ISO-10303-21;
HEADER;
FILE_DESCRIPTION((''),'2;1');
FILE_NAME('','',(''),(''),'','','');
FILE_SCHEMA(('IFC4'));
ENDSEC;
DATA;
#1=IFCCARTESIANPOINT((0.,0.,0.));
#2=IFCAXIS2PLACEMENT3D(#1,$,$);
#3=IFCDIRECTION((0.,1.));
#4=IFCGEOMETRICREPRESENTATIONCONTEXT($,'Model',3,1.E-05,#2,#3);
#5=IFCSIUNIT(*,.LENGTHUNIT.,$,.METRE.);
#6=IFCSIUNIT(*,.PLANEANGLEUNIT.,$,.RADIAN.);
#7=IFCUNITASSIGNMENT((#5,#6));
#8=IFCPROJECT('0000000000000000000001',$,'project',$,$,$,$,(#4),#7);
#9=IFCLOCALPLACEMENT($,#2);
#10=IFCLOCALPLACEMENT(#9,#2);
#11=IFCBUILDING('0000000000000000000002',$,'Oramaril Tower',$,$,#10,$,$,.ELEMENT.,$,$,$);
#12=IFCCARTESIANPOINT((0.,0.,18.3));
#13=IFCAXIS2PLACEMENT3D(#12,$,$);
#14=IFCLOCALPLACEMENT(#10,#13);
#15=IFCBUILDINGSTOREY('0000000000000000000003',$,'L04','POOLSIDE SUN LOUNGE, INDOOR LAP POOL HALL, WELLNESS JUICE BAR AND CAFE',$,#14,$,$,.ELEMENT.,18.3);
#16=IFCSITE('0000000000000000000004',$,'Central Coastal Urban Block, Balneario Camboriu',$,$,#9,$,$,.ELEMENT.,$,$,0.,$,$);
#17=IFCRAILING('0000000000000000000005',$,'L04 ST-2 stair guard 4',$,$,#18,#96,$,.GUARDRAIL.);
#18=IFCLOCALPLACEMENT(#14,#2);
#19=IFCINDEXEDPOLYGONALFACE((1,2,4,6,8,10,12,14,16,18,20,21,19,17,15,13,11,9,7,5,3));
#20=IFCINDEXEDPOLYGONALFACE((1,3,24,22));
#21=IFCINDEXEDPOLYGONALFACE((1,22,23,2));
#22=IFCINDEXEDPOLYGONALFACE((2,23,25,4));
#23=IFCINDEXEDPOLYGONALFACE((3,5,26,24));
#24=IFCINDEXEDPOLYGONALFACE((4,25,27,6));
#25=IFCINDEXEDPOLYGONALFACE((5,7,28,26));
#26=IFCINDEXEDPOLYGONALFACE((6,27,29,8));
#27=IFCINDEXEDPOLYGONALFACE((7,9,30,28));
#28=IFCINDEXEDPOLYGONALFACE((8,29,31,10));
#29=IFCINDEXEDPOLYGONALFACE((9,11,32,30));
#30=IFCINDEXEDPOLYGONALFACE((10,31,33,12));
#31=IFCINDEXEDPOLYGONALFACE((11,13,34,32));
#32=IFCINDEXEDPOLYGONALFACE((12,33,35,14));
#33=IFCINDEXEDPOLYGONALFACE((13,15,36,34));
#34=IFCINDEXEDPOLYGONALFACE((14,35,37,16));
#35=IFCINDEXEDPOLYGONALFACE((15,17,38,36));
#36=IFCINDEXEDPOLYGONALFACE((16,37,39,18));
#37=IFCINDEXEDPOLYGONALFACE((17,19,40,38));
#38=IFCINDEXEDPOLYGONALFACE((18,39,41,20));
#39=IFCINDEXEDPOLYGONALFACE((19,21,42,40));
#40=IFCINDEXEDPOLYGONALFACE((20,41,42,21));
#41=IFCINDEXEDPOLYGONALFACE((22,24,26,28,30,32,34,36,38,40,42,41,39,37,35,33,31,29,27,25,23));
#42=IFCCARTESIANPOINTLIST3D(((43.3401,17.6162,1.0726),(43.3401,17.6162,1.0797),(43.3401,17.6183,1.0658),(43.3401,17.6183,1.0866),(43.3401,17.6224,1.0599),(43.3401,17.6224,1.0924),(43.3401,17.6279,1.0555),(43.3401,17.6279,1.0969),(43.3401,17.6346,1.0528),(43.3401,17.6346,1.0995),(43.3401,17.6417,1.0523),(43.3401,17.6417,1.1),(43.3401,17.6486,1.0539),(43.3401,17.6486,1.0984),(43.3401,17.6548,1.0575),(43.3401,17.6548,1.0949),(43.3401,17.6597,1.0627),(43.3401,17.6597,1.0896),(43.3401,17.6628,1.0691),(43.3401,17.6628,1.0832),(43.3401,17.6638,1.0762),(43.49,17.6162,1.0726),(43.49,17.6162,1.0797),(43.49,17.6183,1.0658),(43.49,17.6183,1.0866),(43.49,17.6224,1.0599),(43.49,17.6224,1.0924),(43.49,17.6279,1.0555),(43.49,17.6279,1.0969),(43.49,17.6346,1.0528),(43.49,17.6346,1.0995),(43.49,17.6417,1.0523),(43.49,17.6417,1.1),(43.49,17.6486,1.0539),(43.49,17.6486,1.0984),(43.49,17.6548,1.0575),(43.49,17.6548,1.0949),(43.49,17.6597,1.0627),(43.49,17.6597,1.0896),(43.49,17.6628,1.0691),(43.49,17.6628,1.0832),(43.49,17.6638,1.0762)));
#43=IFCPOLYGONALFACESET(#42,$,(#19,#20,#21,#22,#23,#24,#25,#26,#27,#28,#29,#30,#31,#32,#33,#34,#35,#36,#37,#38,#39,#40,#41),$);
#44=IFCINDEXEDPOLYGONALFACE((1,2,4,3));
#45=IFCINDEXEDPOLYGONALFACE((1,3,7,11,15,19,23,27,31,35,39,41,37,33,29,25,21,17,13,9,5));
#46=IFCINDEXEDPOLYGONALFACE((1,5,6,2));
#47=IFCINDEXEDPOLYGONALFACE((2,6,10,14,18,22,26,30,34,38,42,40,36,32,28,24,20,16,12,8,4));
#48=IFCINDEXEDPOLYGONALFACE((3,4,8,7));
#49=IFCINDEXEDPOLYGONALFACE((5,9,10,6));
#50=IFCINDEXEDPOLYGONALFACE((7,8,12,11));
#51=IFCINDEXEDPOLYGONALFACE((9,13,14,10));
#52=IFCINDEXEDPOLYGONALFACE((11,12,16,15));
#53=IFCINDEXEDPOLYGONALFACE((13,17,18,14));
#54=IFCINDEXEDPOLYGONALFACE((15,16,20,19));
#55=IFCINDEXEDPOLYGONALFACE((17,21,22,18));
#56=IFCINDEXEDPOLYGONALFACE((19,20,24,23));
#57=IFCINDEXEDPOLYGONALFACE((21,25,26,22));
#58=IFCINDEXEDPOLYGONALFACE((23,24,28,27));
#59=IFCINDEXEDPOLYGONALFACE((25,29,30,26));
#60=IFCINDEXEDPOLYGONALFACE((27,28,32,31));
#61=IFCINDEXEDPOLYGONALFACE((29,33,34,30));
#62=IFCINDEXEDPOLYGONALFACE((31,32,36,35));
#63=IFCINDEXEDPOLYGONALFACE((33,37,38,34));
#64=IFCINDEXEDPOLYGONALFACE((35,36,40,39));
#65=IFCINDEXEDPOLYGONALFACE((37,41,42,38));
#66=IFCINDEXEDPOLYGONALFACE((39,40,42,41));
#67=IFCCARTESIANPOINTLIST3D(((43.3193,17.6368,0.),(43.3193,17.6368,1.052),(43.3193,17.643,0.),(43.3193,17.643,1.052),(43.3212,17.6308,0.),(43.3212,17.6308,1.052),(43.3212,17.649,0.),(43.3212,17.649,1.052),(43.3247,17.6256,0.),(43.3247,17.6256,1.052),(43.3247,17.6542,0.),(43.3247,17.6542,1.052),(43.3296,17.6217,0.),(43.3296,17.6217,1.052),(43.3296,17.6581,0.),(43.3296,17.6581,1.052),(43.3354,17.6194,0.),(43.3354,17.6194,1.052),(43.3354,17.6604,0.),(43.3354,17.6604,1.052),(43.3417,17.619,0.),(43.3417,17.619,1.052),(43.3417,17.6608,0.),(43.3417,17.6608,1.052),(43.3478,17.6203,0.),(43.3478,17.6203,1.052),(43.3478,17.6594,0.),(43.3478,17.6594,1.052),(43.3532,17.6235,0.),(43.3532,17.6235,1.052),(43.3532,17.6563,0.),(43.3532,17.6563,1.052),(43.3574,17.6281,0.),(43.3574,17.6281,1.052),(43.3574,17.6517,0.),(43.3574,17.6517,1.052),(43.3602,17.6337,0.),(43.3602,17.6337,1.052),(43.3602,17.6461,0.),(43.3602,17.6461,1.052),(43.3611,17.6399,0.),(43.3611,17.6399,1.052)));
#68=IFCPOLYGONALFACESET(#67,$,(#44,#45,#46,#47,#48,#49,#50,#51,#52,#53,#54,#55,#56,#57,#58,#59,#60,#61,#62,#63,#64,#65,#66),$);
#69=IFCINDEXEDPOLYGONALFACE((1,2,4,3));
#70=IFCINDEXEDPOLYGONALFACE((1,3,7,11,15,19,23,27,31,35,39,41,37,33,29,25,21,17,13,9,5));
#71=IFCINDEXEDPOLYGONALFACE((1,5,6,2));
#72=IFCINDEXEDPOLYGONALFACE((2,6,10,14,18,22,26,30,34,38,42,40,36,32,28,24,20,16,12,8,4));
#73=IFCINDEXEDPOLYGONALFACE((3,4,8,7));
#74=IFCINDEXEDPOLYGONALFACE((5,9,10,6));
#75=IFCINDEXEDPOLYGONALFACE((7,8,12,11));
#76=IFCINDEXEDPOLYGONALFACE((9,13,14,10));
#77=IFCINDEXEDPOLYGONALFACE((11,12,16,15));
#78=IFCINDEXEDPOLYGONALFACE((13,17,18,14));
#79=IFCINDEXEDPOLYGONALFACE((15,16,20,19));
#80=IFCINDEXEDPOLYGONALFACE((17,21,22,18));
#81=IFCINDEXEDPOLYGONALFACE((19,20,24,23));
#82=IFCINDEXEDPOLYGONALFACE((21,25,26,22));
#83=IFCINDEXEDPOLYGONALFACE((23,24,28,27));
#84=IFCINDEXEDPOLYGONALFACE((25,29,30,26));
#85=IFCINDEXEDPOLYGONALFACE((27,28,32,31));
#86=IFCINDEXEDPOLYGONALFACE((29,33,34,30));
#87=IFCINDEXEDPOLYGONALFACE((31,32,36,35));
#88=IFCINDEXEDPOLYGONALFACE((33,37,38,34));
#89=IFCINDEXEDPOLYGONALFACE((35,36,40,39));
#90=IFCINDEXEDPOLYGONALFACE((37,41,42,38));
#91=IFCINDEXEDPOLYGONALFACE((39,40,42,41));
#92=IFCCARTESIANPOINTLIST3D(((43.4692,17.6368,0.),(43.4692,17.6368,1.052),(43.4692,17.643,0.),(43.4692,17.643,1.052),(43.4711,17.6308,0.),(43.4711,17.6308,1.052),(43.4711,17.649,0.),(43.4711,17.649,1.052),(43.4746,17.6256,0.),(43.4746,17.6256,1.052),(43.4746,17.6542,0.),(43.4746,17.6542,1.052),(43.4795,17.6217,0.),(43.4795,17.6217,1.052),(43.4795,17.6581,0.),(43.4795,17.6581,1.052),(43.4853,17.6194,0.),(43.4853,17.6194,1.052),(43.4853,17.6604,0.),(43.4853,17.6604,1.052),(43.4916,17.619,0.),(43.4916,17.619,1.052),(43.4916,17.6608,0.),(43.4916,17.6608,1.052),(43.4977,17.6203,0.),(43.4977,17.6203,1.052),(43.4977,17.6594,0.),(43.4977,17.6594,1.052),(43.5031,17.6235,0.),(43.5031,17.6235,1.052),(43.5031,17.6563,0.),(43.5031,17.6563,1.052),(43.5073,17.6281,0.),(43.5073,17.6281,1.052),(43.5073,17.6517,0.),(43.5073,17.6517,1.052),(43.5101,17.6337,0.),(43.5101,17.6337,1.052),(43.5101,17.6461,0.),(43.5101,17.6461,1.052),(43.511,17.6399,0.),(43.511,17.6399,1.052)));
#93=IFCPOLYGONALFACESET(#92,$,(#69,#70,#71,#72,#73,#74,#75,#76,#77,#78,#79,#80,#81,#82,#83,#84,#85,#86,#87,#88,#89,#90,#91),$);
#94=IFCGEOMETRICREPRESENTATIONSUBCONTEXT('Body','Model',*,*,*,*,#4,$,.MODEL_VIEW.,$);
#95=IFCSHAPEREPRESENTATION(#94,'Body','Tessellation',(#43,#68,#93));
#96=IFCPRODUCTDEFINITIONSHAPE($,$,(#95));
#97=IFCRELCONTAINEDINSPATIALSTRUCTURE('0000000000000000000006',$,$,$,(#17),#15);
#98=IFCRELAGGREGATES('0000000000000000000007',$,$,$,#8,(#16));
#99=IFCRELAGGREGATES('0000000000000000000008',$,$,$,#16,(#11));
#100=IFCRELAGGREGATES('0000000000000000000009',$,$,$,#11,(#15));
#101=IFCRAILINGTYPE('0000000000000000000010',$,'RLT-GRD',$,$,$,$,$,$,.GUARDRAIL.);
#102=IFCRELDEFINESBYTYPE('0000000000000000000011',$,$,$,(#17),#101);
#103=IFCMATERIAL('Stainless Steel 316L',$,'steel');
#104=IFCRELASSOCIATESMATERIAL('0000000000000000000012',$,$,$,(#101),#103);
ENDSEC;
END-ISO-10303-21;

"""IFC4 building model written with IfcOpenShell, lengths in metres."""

from ifc_helpers import new_model, si_unit, direction, frame, origin, origin_2d, place, context, subcontext, project, spatial, circle, extrude, material, type_object, element, save


model = new_model("IFC4")

# Units and contexts
model_context = context("Model", 3, precision=1e-05, world=origin(), true_north=direction((0.0, 1.0)))
body_context = subcontext(model_context, "Body", "Model", "MODEL_VIEW")
ifc_project = project(units=[si_unit("LENGTHUNIT", "METRE"), si_unit("PLANEANGLEUNIT", "RADIAN")], contexts=[model_context])

# Site, building, storey
site_placement = place(None, origin())
site = spatial("IfcSite", under=ifc_project, at=site_placement, Name="Central Coastal Urban Block, Balneario Camboriu", CompositionType="ELEMENT", RefElevation=0.0)
building_placement = place(site_placement, origin())
building = spatial("IfcBuilding", under=site, at=building_placement, Name="Oramaril Tower", CompositionType="ELEMENT")
storey_placement = place(building_placement, frame((0.0, 0.0, 18.3)))
storey = spatial("IfcBuildingStorey", under=building, at=storey_placement, Name="L04", Description="POOLSIDE SUN LOUNGE, INDOOR LAP POOL HALL, WELLNESS JUICE BAR AND CAFE", CompositionType="ELEMENT", Elevation=18.3)

# Railing
ifc_material_1 = material(Name="Stainless Steel 316L", Category="steel")
railing_type_1 = type_object("IfcRailingType", Name="RLT-GRD", PredefinedType="GUARDRAIL", material=ifc_material_1)
railing_1_placement = place(storey_placement, frame((43.3401, 17.6399, 0.0)))
element("IfcRailing", 1, at=railing_1_placement, inside=storey, type_object=railing_type_1, Name="L04 ST-2 stair guard 4", PredefinedType="GUARDRAIL", context=body_context, shape_type="SweptSolid", body=[
    extrude(circle(Radius=0.0239, at=origin_2d()), frame((0.0, 0.0, 1.0762), z_axis=(1.0, 0.0, 0.0), x_axis=(0.0, 1.0, 0.0)), (0.0, 0.0, 1.0), 0.1499),
    extrude(circle(Radius=0.021, at=origin_2d()), origin(), (0.0, 0.0, 1.0), 1.052),
    extrude(circle(Radius=0.021, at=origin_2d()), frame((0.1499, 0.0, 0.0)), (0.0, 0.0, 1.0), 1.052),
])

save(model, "model.ifc")
